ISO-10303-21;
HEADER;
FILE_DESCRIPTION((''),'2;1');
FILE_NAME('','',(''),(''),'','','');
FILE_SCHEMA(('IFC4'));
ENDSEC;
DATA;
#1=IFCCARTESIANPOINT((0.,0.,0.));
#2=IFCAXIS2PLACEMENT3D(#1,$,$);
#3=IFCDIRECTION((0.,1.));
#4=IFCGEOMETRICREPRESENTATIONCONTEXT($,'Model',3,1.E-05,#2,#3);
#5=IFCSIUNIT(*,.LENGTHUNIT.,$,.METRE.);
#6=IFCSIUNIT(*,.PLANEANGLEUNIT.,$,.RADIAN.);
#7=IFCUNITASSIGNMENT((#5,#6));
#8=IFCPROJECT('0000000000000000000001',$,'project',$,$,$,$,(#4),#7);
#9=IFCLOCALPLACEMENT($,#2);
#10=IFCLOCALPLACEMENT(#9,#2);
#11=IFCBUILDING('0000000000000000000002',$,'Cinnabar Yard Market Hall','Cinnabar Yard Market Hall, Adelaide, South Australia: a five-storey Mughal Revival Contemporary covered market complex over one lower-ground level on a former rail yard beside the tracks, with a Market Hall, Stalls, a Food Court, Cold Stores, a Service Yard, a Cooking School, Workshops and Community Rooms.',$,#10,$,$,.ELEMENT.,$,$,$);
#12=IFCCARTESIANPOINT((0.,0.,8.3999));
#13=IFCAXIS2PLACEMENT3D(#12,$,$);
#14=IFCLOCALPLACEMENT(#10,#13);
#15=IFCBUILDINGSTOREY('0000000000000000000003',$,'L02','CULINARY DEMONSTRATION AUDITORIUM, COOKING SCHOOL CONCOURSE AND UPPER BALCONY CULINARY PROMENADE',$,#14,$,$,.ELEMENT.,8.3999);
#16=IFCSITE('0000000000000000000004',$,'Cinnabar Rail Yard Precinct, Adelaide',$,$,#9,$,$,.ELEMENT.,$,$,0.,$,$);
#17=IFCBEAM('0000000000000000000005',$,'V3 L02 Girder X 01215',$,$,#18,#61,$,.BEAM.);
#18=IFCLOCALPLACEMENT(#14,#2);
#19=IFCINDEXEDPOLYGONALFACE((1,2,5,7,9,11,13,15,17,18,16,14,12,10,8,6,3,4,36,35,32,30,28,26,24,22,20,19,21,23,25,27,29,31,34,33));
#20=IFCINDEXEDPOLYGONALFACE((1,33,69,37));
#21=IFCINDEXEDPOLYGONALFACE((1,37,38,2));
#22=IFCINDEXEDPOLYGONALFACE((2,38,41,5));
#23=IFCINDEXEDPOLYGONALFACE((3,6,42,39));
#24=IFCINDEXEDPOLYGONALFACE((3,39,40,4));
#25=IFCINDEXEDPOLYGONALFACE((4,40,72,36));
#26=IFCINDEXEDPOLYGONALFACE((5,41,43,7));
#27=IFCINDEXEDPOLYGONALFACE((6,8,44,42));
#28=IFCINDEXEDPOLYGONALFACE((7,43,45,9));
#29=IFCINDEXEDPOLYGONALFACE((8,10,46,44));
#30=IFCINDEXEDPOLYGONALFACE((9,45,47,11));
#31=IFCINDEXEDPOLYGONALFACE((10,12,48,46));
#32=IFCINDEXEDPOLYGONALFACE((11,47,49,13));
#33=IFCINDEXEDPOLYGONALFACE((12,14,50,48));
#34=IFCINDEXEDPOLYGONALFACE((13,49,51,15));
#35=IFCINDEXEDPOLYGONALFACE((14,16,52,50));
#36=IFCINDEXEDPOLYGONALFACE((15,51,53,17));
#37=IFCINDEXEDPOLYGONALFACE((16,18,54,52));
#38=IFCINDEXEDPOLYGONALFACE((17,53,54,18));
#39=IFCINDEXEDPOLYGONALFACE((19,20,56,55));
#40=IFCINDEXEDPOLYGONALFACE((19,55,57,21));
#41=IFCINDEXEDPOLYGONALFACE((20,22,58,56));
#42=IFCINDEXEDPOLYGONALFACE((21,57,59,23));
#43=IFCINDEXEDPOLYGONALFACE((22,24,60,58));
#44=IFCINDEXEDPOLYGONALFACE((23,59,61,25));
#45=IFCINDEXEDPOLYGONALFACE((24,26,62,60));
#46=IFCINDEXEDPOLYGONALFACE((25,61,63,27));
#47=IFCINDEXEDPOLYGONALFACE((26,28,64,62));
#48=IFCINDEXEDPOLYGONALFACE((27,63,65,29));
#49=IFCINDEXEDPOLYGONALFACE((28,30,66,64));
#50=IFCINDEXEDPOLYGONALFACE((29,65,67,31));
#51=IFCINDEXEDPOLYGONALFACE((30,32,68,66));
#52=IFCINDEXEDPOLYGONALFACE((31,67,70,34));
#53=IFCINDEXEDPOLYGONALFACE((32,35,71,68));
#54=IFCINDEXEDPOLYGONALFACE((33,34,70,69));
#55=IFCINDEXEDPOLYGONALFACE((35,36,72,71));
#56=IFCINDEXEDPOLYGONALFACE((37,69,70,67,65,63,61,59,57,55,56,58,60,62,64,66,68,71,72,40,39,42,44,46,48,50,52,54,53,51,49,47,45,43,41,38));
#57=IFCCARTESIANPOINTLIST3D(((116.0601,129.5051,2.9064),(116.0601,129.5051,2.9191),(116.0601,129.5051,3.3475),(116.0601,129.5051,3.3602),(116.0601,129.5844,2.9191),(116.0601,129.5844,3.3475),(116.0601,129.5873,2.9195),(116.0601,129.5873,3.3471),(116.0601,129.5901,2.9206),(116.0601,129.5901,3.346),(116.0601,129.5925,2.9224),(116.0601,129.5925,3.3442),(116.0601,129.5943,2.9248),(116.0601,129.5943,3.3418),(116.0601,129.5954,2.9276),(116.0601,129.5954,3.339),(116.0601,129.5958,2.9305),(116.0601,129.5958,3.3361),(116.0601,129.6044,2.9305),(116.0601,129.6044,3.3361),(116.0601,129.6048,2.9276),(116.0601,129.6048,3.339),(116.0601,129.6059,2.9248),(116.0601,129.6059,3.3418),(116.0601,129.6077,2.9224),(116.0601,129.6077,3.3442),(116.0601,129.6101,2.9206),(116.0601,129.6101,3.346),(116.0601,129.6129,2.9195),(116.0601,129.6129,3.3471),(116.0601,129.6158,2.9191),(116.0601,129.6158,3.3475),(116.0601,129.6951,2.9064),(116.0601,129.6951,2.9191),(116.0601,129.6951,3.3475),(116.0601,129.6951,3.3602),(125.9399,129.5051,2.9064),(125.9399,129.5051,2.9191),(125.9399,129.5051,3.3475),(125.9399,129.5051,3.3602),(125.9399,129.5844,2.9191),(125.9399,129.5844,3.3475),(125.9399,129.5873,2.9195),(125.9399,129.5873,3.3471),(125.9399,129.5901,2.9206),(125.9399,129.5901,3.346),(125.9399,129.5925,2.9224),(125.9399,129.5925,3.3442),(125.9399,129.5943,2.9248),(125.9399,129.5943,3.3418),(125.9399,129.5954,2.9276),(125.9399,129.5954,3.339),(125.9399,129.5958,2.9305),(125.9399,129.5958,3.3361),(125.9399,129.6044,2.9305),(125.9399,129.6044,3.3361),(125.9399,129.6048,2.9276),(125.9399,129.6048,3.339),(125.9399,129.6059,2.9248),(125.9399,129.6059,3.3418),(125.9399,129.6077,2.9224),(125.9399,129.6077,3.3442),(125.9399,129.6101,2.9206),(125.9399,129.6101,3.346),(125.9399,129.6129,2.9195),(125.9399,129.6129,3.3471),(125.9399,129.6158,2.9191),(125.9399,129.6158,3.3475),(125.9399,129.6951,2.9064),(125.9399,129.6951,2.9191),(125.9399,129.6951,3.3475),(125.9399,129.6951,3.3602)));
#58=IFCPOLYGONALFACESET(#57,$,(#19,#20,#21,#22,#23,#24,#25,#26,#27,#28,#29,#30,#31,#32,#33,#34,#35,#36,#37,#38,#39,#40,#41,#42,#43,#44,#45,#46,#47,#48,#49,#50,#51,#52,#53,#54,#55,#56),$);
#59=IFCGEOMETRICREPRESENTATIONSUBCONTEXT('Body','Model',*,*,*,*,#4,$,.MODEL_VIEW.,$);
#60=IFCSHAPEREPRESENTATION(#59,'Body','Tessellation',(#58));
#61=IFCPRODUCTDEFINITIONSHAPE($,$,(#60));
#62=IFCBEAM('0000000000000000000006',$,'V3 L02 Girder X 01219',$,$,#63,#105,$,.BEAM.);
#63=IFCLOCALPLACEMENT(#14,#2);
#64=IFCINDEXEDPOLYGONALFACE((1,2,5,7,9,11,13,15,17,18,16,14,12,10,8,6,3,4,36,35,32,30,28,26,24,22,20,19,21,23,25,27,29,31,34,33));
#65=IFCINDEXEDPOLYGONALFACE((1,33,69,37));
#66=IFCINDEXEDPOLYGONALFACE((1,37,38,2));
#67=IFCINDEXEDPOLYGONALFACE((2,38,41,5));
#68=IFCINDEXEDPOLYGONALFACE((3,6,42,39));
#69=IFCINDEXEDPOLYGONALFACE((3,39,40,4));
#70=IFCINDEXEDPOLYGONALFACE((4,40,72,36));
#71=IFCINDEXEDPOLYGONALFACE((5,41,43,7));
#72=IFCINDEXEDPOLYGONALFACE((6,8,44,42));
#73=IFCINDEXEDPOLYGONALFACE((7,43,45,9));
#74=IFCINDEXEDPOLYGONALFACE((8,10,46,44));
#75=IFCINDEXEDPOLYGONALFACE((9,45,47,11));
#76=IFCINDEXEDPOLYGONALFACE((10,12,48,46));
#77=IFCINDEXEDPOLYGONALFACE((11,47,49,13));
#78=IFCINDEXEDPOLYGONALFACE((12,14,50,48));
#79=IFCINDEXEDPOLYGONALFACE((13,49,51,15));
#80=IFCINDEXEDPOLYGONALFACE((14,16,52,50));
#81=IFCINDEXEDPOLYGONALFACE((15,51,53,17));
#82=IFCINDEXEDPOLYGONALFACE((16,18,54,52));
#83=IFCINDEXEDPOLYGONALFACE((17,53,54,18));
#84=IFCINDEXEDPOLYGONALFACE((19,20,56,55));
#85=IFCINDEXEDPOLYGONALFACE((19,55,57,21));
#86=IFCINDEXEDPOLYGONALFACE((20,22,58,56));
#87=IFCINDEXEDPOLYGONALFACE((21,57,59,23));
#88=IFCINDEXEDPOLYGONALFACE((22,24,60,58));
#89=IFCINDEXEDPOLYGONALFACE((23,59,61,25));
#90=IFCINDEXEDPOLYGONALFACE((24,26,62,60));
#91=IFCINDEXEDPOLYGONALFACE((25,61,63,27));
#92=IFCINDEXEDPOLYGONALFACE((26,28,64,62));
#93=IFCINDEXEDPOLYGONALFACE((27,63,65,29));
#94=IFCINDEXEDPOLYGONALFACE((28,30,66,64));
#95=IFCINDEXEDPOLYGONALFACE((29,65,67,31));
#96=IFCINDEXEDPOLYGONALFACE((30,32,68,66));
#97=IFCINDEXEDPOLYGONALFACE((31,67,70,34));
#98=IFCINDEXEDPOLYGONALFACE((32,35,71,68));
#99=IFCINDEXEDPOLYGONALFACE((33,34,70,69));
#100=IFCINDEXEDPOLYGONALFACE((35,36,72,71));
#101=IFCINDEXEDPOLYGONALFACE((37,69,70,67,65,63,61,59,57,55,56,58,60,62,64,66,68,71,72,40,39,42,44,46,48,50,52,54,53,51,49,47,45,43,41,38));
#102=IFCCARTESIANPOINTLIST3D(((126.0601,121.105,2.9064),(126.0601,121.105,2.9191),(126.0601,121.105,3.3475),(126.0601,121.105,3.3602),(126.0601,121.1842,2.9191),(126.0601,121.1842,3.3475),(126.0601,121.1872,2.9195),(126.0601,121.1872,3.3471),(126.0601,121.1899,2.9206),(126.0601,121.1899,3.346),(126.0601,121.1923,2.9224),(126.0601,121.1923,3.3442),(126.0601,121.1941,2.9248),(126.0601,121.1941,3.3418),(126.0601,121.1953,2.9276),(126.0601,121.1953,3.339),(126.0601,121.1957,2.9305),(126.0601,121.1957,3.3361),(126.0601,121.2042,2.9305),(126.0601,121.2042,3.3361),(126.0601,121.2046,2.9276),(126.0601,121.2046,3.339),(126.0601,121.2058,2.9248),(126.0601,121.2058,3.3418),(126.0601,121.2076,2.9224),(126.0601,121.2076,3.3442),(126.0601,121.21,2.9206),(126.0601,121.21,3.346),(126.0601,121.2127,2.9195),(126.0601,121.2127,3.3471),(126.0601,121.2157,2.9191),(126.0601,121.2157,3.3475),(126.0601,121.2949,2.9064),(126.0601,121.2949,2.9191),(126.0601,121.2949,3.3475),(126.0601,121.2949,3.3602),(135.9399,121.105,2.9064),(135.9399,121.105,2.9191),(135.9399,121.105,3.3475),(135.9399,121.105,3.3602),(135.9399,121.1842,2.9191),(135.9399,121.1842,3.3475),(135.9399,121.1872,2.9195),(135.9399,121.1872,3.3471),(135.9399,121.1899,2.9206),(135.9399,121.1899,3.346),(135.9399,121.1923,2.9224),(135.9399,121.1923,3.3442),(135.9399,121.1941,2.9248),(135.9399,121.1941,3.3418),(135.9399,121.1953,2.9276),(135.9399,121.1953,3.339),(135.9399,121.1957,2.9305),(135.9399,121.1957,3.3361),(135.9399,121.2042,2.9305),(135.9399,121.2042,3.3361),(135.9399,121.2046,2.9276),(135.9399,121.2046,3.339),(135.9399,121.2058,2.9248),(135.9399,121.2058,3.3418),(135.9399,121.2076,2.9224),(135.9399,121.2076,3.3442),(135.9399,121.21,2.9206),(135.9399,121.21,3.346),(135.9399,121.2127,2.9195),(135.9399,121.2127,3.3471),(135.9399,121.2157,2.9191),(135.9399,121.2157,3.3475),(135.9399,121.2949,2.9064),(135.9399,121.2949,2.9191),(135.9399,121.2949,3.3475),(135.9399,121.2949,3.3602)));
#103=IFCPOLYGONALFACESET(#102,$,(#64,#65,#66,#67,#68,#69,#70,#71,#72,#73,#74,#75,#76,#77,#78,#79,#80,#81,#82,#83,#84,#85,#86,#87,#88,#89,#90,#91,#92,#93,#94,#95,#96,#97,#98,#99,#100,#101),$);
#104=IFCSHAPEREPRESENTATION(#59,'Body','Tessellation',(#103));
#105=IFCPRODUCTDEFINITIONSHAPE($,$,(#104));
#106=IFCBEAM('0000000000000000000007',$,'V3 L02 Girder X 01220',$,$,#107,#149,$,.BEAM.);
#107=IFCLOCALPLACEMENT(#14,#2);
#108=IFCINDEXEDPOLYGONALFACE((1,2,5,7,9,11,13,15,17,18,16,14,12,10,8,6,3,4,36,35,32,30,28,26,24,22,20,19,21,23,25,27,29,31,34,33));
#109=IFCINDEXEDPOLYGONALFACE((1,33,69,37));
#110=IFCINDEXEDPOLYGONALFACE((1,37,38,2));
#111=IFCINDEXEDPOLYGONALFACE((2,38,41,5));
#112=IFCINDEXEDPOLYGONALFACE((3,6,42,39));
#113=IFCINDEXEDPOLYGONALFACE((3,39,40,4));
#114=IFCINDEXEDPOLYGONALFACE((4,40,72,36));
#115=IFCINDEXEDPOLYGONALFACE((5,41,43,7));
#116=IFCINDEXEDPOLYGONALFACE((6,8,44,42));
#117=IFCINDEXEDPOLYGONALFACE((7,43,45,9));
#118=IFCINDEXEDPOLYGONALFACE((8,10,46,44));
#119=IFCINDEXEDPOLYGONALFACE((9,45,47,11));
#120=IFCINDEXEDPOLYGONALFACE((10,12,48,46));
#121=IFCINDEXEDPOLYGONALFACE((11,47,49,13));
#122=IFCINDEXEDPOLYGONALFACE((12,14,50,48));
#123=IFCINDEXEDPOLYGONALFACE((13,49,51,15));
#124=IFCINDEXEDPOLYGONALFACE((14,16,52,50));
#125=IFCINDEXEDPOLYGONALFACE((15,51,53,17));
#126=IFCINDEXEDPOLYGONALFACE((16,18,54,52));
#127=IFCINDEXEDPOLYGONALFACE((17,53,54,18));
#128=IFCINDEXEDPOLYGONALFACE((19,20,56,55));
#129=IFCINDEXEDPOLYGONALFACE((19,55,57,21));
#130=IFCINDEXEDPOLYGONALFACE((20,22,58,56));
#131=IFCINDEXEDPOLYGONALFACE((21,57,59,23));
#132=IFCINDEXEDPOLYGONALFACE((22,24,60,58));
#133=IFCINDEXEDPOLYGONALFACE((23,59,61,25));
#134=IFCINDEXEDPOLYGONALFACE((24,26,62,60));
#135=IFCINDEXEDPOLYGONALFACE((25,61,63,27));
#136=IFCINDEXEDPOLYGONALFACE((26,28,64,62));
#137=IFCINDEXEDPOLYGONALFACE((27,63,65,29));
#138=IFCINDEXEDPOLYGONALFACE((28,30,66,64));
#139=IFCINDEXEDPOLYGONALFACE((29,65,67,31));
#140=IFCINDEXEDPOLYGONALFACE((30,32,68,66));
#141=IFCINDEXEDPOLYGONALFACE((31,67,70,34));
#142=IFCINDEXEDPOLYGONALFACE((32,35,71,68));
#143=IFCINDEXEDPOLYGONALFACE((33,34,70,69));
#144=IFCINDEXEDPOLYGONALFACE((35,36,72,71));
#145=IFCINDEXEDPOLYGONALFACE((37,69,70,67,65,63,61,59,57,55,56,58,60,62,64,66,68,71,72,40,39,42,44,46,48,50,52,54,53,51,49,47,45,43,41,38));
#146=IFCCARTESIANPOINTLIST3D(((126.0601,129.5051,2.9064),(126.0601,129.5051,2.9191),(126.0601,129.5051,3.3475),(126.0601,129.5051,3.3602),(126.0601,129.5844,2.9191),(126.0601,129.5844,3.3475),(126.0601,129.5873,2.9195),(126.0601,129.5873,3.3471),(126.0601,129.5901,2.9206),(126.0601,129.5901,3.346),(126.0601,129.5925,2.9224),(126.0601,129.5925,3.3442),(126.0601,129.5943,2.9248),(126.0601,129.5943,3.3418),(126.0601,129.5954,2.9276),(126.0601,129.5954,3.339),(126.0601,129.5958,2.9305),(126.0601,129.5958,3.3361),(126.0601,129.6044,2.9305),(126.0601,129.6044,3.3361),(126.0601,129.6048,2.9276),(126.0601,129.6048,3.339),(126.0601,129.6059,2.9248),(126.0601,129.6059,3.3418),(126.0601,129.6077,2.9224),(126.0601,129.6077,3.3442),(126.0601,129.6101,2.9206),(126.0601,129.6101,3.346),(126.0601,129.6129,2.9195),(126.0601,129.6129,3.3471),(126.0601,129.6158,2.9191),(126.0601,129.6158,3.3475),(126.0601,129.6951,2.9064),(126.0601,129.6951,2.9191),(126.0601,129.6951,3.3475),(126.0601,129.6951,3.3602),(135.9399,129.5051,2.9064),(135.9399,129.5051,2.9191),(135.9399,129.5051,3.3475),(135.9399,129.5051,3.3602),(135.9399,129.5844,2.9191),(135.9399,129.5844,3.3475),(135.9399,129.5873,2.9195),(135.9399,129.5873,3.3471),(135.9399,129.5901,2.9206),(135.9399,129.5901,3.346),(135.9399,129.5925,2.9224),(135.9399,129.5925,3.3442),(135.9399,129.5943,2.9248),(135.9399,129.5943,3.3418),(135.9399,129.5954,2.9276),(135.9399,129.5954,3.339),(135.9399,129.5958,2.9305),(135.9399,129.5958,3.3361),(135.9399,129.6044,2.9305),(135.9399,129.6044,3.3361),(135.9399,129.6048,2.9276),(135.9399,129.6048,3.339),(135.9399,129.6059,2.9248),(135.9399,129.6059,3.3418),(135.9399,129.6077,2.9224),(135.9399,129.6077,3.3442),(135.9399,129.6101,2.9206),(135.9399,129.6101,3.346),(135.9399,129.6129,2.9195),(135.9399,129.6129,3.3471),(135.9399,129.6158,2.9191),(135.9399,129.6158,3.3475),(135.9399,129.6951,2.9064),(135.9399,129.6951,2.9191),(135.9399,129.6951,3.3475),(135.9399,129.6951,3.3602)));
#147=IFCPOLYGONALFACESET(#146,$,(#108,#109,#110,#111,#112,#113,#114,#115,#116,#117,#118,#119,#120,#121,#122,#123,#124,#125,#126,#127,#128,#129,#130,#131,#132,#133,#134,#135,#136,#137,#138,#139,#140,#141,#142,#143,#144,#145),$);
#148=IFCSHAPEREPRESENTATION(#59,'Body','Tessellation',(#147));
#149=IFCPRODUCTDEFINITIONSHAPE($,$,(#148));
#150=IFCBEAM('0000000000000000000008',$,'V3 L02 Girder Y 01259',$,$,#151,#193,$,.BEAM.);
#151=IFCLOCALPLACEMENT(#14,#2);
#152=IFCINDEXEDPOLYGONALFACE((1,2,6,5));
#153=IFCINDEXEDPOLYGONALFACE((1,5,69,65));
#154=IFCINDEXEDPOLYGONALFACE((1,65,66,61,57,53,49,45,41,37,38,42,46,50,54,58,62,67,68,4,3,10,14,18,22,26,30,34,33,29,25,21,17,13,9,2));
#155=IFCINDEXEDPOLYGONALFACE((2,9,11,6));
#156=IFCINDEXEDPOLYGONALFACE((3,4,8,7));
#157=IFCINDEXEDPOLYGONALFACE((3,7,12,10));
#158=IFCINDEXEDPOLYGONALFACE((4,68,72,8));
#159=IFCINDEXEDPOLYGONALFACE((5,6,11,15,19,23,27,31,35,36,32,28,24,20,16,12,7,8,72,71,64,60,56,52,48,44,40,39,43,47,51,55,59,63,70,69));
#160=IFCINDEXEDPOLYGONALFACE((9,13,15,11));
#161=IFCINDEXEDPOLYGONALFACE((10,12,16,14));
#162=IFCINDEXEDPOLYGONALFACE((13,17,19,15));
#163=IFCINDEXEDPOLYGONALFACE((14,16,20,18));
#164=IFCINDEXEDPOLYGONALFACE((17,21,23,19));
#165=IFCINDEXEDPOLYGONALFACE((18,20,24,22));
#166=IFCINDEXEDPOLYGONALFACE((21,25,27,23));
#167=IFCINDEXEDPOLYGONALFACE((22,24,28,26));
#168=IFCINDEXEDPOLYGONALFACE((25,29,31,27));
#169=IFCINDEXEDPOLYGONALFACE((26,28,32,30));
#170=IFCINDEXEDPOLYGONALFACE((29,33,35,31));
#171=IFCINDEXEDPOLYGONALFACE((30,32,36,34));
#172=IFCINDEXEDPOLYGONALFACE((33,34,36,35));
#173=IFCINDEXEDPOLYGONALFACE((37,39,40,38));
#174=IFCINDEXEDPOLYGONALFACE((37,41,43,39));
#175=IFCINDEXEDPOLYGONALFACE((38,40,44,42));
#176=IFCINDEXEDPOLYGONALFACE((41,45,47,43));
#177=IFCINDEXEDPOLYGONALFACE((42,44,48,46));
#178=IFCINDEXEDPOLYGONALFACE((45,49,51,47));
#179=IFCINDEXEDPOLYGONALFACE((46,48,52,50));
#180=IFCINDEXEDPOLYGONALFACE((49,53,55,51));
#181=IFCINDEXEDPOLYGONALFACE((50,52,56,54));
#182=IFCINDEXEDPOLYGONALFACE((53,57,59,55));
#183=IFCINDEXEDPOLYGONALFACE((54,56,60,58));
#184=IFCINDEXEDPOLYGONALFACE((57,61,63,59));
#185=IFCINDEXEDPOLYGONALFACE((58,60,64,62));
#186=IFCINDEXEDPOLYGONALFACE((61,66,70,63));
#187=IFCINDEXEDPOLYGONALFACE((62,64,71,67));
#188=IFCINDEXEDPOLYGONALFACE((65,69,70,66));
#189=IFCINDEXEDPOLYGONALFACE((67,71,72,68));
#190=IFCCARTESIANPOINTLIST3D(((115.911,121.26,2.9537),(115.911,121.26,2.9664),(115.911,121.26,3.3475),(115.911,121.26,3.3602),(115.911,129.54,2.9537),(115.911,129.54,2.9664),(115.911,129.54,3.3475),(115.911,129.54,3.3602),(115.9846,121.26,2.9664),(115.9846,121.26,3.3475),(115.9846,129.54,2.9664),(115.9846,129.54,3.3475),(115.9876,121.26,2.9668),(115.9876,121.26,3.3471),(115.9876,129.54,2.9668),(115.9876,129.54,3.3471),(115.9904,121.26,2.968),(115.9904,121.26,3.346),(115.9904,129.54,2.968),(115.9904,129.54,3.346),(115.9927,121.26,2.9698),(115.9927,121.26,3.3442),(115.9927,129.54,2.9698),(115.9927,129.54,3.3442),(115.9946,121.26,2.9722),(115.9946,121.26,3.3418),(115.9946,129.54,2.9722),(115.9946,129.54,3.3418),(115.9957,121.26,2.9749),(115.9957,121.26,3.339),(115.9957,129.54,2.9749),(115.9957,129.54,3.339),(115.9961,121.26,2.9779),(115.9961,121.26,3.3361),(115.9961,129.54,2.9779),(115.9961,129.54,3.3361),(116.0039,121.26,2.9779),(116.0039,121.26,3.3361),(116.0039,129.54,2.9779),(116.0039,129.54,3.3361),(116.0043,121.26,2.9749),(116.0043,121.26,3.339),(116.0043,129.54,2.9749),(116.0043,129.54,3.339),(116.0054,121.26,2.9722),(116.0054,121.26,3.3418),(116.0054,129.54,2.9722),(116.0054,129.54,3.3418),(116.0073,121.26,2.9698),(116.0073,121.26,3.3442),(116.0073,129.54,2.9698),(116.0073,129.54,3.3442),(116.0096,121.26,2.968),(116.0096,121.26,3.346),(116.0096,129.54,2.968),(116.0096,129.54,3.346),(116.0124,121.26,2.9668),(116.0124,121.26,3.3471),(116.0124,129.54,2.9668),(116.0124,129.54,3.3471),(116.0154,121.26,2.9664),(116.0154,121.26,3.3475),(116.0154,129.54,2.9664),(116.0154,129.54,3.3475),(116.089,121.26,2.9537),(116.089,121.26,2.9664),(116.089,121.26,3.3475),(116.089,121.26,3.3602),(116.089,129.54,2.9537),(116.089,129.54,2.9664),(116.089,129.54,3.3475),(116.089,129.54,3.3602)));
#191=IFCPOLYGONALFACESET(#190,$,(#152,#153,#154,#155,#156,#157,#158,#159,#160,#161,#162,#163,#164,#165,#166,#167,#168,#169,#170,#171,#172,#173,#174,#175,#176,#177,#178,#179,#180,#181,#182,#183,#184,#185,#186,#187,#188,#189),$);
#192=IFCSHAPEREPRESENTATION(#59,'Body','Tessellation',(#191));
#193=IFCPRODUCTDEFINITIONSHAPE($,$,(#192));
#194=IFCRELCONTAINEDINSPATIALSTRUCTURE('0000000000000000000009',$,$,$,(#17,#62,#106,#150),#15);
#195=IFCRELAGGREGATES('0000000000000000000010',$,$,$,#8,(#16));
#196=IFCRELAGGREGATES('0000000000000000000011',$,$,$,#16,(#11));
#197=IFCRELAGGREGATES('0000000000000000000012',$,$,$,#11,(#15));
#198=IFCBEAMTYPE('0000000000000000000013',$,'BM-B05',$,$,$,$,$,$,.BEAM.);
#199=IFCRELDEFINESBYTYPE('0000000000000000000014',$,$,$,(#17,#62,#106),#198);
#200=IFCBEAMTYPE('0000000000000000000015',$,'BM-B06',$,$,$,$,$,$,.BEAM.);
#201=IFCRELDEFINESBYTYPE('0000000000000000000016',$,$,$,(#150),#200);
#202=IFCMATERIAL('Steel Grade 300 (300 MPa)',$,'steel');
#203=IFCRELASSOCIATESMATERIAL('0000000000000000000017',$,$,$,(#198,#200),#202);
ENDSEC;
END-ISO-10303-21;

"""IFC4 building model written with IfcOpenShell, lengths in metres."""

from ifc_helpers import new_model, si_unit, direction, frame, origin, origin_2d_with_axis, place, context, subcontext, project, spatial, i_section, extrude, material, material_profile, profile_set, type_object, element, save


model = new_model("IFC4")

# Units and contexts
model_context = context("Model", 3, precision=1e-05, world=origin(), true_north=direction((0.0, 1.0)))
body_context = subcontext(model_context, "Body", "Model", "MODEL_VIEW")
ifc_project = project(units=[si_unit("LENGTHUNIT", "METRE"), si_unit("PLANEANGLEUNIT", "RADIAN")], contexts=[model_context])

# Site, building, storey
site_placement = place(None, origin())
site = spatial("IfcSite", under=ifc_project, at=site_placement, Name="Cinnabar Rail Yard Precinct, Adelaide", CompositionType="ELEMENT", RefElevation=0.0)
building_placement = place(site_placement, origin())
building = spatial("IfcBuilding", under=site, at=building_placement, Name="Cinnabar Yard Market Hall", Description="Cinnabar Yard Market Hall, Adelaide, South Australia: a five-storey Mughal Revival Contemporary covered market complex over one lower-ground level on a former rail yard beside the tracks, with a Market Hall, Stalls, a Food Court, Cold Stores, a Service Yard, a Cooking School, Workshops and Community Rooms.", CompositionType="ELEMENT")
storey_placement = place(building_placement, frame((0.0, 0.0, 8.3999)))
storey = spatial("IfcBuildingStorey", under=building, at=storey_placement, Name="L02", Description="CULINARY DEMONSTRATION AUDITORIUM, COOKING SCHOOL CONCOURSE AND UPPER BALCONY CULINARY PROMENADE", CompositionType="ELEMENT", Elevation=8.3999)

# Beams
ifc_material_1 = material(Name="Steel Grade 300 (300 MPa)", Category="steel")
ifc_material_profile_1 = material_profile(ifc_material_1, i_section(OverallWidth=0.1899, OverallDepth=0.4539, WebThickness=0.0085, FlangeThickness=0.0127, FilletRadius=0.0115, at=origin_2d_with_axis()), Name="460UB67.1")
ifc_profile_set_1 = profile_set([ifc_material_profile_1], Name="Steel Grade 300 (300 MPa)")
beam_type_1 = type_object("IfcBeamType", Name="BM-B05", PredefinedType="BEAM", material=ifc_profile_set_1)
for number, where, z_axis, x_axis, name in (
    (1, (116.0601, 129.6001, 3.1333), (1.0, 0.0, 0.0), (0.0, 1.0, 0.0), "V3 L02 Girder X 01215"),
    (2, (126.0601, 121.2, 3.1333), (1.0, 0.0, 0.0), (0.0, 1.0, 0.0), "V3 L02 Girder X 01219"),
    (3, (126.0601, 129.6001, 3.1333), (1.0, 0.0, 0.0), (0.0, 1.0, 0.0), "V3 L02 Girder X 01220"),
):
    element("IfcBeam", number, at=place(storey_placement, frame(where, z_axis=z_axis, x_axis=x_axis)), inside=storey, type_object=beam_type_1, Name=name, PredefinedType="BEAM", context=body_context, shape_type="SweptSolid", body=[
        extrude(i_section(OverallWidth=0.1899, OverallDepth=0.4539, WebThickness=0.0085, FlangeThickness=0.0127, FilletRadius=0.0115, at=origin_2d_with_axis()), origin(), (0.0, 0.0, 1.0), 9.8799),
    ])
ifc_material_profile_2 = material_profile(ifc_material_1, i_section(OverallWidth=0.178, OverallDepth=0.4065, WebThickness=0.0078, FlangeThickness=0.0127, FilletRadius=0.0115, at=origin_2d_with_axis()), Name="410UB59.7")
ifc_profile_set_2 = profile_set([ifc_material_profile_2], Name="Steel Grade 300 (300 MPa)")
beam_type_2 = type_object("IfcBeamType", Name="BM-B06", PredefinedType="BEAM", material=ifc_profile_set_2)
for number, where, z_axis, x_axis, name in (
    (4, (116.0, 121.26, 3.157), (0.0, 1.0, 0.0), (-1.0, 0.0, 0.0), "V3 L02 Girder Y 01259"),
):
    element("IfcBeam", number, at=place(storey_placement, frame(where, z_axis=z_axis, x_axis=x_axis)), inside=storey, type_object=beam_type_2, Name=name, PredefinedType="BEAM", context=body_context, shape_type="SweptSolid", body=[
        extrude(i_section(OverallWidth=0.178, OverallDepth=0.4065, WebThickness=0.0078, FlangeThickness=0.0127, FilletRadius=0.0115, at=origin_2d_with_axis()), origin(), (0.0, 0.0, 1.0), 8.28),
    ])

save(model, "model.ifc")
